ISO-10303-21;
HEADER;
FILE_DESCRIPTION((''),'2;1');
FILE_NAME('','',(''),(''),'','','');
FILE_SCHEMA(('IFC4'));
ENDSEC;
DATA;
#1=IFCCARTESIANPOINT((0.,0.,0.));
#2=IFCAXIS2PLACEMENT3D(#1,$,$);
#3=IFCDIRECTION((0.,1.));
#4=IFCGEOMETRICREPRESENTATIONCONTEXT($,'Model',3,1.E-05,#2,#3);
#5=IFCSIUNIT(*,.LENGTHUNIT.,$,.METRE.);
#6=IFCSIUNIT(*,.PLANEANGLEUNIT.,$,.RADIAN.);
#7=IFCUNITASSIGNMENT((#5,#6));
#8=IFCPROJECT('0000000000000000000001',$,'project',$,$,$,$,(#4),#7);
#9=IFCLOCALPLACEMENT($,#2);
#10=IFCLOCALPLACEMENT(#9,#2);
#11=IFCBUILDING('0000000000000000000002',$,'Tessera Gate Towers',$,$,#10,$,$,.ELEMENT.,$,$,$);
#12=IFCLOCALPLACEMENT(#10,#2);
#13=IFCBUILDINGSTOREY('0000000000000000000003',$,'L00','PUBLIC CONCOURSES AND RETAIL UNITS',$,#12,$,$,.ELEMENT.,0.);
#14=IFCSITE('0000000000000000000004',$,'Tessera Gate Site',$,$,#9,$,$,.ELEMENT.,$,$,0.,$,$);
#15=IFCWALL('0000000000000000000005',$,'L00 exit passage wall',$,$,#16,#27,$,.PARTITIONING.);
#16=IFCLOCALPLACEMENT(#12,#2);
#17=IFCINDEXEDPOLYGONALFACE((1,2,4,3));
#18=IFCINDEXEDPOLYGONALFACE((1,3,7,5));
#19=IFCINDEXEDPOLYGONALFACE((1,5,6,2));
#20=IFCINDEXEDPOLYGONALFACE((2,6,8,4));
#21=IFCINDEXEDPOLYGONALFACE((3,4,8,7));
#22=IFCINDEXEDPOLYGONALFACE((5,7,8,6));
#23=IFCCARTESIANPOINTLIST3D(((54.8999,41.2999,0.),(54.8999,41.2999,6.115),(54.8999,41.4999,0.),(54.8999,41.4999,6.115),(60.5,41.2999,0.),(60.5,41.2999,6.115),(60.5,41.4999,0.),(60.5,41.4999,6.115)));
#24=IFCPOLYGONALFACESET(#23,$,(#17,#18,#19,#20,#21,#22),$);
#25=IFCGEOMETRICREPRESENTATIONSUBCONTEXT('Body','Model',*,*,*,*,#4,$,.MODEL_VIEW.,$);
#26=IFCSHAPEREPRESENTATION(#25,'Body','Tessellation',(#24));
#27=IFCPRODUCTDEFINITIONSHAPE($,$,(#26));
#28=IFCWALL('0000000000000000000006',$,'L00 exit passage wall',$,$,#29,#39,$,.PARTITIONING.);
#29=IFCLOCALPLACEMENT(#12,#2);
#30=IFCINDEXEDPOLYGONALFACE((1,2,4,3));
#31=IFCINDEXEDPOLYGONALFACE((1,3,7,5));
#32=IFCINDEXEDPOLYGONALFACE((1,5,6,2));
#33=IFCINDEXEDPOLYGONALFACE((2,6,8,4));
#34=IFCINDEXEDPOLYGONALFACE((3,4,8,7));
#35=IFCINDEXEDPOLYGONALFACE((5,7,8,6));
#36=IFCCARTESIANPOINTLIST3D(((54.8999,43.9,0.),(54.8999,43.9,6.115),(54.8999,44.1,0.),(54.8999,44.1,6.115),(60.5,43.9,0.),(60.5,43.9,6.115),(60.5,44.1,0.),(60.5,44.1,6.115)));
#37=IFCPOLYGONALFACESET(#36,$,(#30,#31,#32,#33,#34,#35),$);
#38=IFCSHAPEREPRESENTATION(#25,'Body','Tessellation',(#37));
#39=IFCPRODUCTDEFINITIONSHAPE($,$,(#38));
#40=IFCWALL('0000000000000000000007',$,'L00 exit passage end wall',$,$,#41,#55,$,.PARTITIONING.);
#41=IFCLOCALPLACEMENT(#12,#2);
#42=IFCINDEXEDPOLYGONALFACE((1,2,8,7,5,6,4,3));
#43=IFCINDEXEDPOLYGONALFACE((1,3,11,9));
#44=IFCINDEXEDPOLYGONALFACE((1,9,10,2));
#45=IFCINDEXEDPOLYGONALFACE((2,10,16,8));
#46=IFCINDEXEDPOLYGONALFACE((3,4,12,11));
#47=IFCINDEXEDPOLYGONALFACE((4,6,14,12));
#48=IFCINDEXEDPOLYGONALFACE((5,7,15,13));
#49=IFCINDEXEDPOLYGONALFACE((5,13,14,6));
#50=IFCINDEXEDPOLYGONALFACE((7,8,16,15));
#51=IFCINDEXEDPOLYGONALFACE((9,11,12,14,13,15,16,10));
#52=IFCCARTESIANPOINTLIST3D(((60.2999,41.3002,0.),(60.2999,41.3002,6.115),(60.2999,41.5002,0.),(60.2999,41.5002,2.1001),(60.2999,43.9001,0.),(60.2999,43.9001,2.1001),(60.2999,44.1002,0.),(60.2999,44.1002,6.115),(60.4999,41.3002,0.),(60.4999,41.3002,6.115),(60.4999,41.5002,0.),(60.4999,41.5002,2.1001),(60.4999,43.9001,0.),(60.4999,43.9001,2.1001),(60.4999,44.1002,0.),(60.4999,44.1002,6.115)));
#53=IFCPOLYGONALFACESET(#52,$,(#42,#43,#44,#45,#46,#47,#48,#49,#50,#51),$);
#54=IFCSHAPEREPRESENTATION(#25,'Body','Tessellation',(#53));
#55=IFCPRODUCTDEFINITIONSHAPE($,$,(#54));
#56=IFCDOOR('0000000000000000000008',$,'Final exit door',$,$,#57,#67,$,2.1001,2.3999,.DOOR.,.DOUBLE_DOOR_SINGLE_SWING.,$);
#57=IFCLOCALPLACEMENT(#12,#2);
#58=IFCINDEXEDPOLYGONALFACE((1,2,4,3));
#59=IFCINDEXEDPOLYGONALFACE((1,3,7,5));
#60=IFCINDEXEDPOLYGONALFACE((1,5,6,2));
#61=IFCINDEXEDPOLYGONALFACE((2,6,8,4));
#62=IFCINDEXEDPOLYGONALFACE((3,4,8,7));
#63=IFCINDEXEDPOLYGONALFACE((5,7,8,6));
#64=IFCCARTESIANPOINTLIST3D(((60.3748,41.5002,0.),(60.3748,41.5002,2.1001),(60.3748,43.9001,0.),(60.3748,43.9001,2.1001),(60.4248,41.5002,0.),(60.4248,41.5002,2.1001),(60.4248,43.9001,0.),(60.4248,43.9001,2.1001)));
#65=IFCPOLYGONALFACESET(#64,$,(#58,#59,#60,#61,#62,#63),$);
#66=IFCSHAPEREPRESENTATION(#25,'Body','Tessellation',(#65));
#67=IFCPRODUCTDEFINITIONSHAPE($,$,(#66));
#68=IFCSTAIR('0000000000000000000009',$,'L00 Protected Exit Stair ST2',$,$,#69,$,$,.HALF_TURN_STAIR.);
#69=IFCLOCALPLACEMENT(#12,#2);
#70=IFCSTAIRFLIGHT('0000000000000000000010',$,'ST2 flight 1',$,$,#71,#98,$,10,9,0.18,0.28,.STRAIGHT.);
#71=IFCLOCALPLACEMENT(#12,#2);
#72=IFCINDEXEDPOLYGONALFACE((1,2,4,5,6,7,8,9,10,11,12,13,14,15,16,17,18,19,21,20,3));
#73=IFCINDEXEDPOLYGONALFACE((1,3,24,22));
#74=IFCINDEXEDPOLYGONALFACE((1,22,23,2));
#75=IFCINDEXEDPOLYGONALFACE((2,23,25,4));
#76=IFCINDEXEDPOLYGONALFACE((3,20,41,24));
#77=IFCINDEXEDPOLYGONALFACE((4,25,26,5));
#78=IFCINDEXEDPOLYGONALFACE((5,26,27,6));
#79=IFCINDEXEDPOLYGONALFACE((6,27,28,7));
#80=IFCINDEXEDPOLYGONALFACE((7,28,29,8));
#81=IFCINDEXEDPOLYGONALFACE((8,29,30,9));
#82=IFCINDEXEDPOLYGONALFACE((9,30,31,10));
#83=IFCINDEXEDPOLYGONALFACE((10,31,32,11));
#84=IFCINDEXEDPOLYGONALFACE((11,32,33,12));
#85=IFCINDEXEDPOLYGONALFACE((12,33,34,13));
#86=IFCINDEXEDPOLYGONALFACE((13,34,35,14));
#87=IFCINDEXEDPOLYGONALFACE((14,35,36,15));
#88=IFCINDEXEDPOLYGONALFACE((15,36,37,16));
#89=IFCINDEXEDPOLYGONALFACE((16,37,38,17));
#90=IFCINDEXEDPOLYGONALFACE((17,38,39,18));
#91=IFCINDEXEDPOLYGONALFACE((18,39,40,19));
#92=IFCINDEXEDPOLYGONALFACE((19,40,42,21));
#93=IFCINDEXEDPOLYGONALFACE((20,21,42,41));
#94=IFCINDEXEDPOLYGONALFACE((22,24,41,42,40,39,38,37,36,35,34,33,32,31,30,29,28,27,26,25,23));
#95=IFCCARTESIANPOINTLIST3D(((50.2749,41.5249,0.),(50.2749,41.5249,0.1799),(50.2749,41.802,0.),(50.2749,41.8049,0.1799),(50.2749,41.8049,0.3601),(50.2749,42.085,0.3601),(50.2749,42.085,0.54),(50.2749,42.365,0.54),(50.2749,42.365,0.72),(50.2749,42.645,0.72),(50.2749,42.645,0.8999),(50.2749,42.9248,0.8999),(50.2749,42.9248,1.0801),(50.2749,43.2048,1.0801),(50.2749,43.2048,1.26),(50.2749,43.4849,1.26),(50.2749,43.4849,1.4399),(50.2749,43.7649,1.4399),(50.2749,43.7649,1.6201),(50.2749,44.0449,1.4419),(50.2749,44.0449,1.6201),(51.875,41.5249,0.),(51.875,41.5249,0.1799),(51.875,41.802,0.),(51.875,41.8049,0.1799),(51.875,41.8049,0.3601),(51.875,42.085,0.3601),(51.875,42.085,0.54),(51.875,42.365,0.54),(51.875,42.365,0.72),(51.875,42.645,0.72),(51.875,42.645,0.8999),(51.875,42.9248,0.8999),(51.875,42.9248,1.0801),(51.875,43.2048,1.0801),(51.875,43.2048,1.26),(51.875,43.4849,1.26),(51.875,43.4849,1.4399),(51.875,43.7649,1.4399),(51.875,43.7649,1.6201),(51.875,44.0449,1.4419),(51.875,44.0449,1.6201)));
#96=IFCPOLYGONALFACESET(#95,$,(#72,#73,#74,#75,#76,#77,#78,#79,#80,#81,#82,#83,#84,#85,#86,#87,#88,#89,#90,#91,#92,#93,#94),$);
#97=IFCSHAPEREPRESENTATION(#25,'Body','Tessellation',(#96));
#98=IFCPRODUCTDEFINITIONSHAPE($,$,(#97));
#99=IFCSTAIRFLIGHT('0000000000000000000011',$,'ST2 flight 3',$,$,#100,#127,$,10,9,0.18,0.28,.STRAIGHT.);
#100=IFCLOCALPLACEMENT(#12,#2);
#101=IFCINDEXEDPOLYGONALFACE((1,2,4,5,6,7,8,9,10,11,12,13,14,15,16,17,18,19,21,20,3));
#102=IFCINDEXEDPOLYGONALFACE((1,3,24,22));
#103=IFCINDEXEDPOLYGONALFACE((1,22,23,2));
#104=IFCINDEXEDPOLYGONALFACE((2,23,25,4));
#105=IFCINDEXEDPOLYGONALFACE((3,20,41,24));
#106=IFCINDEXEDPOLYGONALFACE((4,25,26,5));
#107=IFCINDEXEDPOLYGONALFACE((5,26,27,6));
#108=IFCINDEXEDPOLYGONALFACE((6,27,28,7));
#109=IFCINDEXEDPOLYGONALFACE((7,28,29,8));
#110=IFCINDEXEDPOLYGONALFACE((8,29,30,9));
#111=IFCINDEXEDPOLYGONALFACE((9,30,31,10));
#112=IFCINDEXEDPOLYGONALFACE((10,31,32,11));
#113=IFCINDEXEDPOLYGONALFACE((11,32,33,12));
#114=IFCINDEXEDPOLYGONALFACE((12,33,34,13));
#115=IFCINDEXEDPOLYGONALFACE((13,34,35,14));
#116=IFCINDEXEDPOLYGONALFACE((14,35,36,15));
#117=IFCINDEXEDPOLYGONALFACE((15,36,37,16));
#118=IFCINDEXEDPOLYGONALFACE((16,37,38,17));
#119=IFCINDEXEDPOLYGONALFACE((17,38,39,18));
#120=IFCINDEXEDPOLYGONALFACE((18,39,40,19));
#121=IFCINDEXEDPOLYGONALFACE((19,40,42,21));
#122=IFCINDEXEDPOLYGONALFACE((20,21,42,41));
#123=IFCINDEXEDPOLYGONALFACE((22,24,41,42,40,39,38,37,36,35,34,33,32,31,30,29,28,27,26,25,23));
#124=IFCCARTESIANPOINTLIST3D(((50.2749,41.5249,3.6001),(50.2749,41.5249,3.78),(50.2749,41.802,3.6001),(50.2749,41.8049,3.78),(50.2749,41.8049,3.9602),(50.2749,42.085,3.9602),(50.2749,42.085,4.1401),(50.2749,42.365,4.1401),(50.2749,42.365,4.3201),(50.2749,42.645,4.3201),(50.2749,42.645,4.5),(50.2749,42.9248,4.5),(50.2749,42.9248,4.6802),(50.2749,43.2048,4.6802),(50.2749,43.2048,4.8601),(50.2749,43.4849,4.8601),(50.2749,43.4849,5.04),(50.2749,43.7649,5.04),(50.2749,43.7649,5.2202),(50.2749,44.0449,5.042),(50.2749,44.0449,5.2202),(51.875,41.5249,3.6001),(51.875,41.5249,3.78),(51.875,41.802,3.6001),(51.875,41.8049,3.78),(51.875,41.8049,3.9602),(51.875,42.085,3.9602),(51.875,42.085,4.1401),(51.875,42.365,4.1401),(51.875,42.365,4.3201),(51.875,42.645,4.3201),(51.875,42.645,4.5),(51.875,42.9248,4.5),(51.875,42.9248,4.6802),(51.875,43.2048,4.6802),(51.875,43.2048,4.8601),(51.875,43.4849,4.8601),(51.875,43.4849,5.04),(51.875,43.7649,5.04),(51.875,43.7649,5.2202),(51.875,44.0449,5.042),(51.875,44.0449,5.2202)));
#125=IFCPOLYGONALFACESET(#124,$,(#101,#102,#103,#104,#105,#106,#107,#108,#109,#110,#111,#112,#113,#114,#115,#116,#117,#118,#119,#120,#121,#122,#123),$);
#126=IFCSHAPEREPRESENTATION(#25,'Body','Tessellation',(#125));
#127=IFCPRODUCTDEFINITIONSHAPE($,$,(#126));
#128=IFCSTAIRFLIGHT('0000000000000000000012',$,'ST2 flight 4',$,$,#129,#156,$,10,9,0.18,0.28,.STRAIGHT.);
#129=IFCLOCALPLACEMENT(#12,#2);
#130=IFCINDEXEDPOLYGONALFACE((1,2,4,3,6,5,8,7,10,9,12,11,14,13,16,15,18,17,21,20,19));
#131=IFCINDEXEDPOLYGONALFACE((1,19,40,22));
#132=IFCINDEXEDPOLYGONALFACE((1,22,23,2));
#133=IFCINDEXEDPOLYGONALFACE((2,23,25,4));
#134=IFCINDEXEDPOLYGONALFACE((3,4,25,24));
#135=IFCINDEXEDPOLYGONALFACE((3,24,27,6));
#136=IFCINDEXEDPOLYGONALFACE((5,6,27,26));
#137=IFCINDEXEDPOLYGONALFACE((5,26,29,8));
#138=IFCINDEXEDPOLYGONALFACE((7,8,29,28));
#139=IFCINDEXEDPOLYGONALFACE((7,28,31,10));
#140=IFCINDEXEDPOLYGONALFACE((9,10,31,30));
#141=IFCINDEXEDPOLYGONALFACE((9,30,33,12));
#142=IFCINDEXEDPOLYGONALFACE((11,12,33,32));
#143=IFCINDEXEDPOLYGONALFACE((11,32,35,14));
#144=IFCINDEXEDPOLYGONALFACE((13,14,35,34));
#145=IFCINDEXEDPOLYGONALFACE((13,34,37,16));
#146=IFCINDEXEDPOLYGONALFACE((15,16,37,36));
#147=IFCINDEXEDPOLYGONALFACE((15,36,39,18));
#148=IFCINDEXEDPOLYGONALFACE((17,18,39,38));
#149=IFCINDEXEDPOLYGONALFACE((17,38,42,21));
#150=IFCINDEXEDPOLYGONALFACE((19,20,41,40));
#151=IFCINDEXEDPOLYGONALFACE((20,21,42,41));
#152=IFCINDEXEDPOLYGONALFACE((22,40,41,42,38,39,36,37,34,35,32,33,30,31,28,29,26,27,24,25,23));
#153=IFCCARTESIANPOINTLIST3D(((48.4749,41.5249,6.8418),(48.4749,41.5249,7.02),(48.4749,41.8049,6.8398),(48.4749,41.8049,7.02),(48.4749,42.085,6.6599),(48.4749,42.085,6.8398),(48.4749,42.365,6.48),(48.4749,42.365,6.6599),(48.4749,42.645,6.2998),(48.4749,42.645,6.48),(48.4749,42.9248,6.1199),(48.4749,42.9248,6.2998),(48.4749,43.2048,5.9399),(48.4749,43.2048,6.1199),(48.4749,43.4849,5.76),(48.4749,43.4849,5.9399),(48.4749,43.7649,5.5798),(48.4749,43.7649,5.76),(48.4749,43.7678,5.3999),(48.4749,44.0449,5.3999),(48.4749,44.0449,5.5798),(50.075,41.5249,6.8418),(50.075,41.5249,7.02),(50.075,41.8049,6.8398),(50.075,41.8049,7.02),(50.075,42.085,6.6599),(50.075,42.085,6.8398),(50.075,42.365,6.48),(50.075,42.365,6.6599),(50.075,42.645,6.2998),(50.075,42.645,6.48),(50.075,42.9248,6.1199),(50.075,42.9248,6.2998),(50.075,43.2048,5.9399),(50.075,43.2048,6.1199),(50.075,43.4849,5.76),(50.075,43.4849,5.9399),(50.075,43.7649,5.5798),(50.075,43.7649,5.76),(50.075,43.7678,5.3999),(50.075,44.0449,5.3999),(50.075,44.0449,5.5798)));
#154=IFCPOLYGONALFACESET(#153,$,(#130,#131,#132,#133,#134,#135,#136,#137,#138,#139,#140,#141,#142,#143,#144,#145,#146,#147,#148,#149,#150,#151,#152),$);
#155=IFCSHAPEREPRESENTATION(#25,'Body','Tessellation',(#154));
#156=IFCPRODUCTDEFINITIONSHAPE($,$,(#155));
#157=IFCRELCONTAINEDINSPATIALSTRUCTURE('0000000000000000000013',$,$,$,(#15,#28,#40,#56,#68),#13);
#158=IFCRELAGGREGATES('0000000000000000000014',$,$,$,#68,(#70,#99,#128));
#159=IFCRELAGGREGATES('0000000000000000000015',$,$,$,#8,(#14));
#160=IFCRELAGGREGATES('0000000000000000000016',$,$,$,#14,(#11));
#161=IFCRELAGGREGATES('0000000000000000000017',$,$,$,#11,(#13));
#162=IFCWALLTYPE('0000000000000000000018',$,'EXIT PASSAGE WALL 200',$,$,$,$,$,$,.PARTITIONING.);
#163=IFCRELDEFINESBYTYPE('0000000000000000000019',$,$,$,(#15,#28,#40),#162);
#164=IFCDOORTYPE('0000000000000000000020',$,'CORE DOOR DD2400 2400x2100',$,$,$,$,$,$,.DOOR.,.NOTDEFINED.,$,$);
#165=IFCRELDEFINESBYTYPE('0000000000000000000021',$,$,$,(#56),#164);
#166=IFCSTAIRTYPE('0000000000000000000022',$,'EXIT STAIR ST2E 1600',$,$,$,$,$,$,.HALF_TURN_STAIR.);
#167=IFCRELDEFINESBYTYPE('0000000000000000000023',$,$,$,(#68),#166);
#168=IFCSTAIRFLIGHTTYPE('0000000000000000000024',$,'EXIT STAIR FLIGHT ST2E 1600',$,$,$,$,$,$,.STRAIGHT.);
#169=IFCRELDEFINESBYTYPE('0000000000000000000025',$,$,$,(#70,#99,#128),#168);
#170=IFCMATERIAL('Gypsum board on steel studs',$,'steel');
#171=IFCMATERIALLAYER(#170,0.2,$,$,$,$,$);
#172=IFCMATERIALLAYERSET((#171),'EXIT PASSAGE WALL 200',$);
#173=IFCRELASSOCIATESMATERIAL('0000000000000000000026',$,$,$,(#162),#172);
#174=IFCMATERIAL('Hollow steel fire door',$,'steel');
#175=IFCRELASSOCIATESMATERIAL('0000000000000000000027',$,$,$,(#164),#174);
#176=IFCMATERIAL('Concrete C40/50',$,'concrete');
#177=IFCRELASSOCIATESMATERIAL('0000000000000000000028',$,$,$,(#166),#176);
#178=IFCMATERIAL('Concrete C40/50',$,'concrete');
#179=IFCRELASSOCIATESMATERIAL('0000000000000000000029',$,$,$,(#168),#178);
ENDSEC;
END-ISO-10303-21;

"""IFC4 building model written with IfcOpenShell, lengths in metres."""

from ifc_helpers import new_model, si_unit, direction, frame, frame_2d, origin, place, context, subcontext, project, spatial, polyline, rectangle, outline, extrude, source, transform, mapped, material, layer, layer_set, type_object, element, fill, aggregate, save


model = new_model("IFC4")

# Units and contexts
model_context = context("Model", 3, precision=1e-05, world=origin(), true_north=direction((0.0, 1.0)))
body_context = subcontext(model_context, "Body", "Model", "MODEL_VIEW")
ifc_project = project(units=[si_unit("LENGTHUNIT", "METRE"), si_unit("PLANEANGLEUNIT", "RADIAN")], contexts=[model_context])

# Site, building, storey
site_placement = place(None, origin())
site = spatial("IfcSite", under=ifc_project, at=site_placement, Name="Tessera Gate Site", CompositionType="ELEMENT", RefElevation=0.0)
building_placement = place(site_placement, origin())
building = spatial("IfcBuilding", under=site, at=building_placement, Name="Tessera Gate Towers", CompositionType="ELEMENT")
storey_placement = place(building_placement, origin())
storey = spatial("IfcBuildingStorey", under=building, at=storey_placement, Name="L00", Description="PUBLIC CONCOURSES AND RETAIL UNITS", CompositionType="ELEMENT", Elevation=0.0)

# Walls
ifc_material_1 = material(Name="Gypsum board on steel studs", Category="steel")
ifc_layer_1 = layer(ifc_material_1, 0.2)
ifc_layer_set_1 = layer_set([ifc_layer_1], Name="EXIT PASSAGE WALL 200")
wall_type_1 = type_object("IfcWallType", Name="EXIT PASSAGE WALL 200", PredefinedType="PARTITIONING", material=ifc_layer_set_1)
for number, where, z_axis, x_axis, name in (
    (1, (54.8999, 41.3999, 0.0), (0.0, 0.0, 1.0), (1.0, 0.0, 0.0), "L00 exit passage wall"),
    (2, (54.8999, 44.0, 0.0), (0.0, 0.0, 1.0), (1.0, 0.0, 0.0), "L00 exit passage wall"),
):
    element("IfcWall", number, at=place(storey_placement, frame(where, z_axis=z_axis, x_axis=x_axis)), inside=storey, type_object=wall_type_1, Name=name, PredefinedType="PARTITIONING", context=body_context, shape_type="SweptSolid", body=[
        extrude(rectangle(XDim=5.6001, YDim=0.2, at=frame_2d((2.8, 0.0))), origin(), (0.0, 0.0, 1.0), 6.115),
    ])

# Wall, opening, door
wall_1_placement = place(storey_placement, frame((60.3999, 44.1001, 0.0), z_axis=(0.0, 0.0, 1.0), x_axis=(0.0, -1.0, 0.0)))
wall_1 = element("IfcWall", 3, at=wall_1_placement, inside=storey, type_object=wall_type_1, Name="L00 exit passage end wall", PredefinedType="PARTITIONING", context=body_context, shape_type="SweptSolid", body=[
    extrude(rectangle(XDim=2.8, YDim=0.2, at=frame_2d((1.3999, 0.0))), origin(), (0.0, 0.0, 1.0), 6.115),
])
shared_shape_1 = source(origin(), body_context, "Body", "SweptSolid", [
    extrude(rectangle(XDim=2.3999, YDim=2.1001, at=frame_2d((1.2, 1.05))), frame((0.0, 0.1099, 0.0), z_axis=(0.0, -1.0, 0.0), x_axis=(1.0, 0.0, 0.0)), (0.0, 0.0, 1.0), 0.22),
])
opening_1_placement = place(wall_1_placement, frame((0.2, 0.0, 0.0)))
opening_1 = element("IfcOpeningElement", 4, at=opening_1_placement, cuts=wall_1, PredefinedType="OPENING", context=body_context, shape_type="MappedRepresentation", body=[
    mapped(shared_shape_1, transform((0.0, 0.0, 0.0), scale=1.0)),
])
ifc_material_2 = material(Name="Hollow steel fire door", Category="steel")
door_type_1 = type_object("IfcDoorType", Name="CORE DOOR DD2400 2400x2100", OperationType="NOTDEFINED", PredefinedType="DOOR", material=ifc_material_2)
shared_shape_2 = source(origin(), body_context, "Body", "SweptSolid", [
    extrude(rectangle(XDim=2.3999, YDim=2.1001, at=frame_2d((1.2, 1.05))), frame((0.0, 0.0249, 0.0), z_axis=(0.0, -1.0, 0.0), x_axis=(1.0, 0.0, 0.0)), (0.0, 0.0, 1.0), 0.05),
])
door_1_placement = place(opening_1_placement, origin())
door_1 = element("IfcDoor", 5, at=door_1_placement, inside=storey, type_object=door_type_1, Name="Final exit door", OperationType="DOUBLE_DOOR_SINGLE_SWING", OverallHeight=2.1001, OverallWidth=2.3999, PredefinedType="DOOR", context=body_context, shape_type="MappedRepresentation", body=[
    mapped(shared_shape_2, transform((0.0, 0.0, 0.0), scale=1.0)),
])
fill(opening_1, door_1)

# Stair, stair flights
ifc_material_3 = material(Name="Concrete C40/50", Category="concrete")
stair_type_1 = type_object("IfcStairType", Name="EXIT STAIR ST2E 1600", PredefinedType="HALF_TURN_STAIR", material=ifc_material_3)
stair_1_placement = place(storey_placement, origin())
stair_1 = element("IfcStair", 6, at=stair_1_placement, inside=storey, type_object=stair_type_1, Name="L00 Protected Exit Stair ST2", PredefinedType="HALF_TURN_STAIR")
ifc_material_4 = material(Name="Concrete C40/50", Category="concrete")
stair_flight_type_1 = type_object("IfcStairFlightType", Name="EXIT STAIR FLIGHT ST2E 1600", PredefinedType="STRAIGHT", material=ifc_material_4)
stair_flight_1_placement = place(storey_placement, frame((51.075, 41.5249, 0.0), z_axis=(0.0, 0.0, 1.0), x_axis=(0.0, 1.0, 0.0)))
stair_flight_1 = element("IfcStairFlight", 7, at=stair_flight_1_placement, type_object=stair_flight_type_1, Name="ST2 flight 1", NumberOfRisers=10, NumberOfTreads=9, PredefinedType="STRAIGHT", RiserHeight=0.18, TreadLength=0.28, context=body_context, shape_type="SweptSolid", body=[
    extrude(outline(polyline([(0.0, 0.0), (0.0, 0.1799), (0.28, 0.1799), (0.28, 0.3601), (0.5601, 0.3601), (0.5601, 0.54), (0.8401, 0.54), (0.8401, 0.72), (1.1201, 0.72), (1.1201, 0.8999), (1.3999, 0.8999), (1.3999, 1.0801), (1.6799, 1.0801), (1.6799, 1.26), (1.96, 1.26), (1.96, 1.4399), (2.24, 1.4399), (2.24, 1.6201), (2.52, 1.6201), (2.52, 1.8), (2.52, 1.4419), (0.2771, 0.0), (0.0, 0.0)])), frame((0.0, 0.8, 0.0), z_axis=(0.0, -1.0, 0.0), x_axis=(1.0, 0.0, 0.0)), (0.0, 0.0, 1.0), 1.6001),
])
stair_flight_2_placement = place(storey_placement, frame((51.075, 41.5249, 3.6001), z_axis=(0.0, 0.0, 1.0), x_axis=(0.0, 1.0, 0.0)))
stair_flight_2 = element("IfcStairFlight", 8, at=stair_flight_2_placement, type_object=stair_flight_type_1, Name="ST2 flight 3", NumberOfRisers=10, NumberOfTreads=9, PredefinedType="STRAIGHT", RiserHeight=0.18, TreadLength=0.28, context=body_context, shape_type="SweptSolid", body=[
    extrude(outline(polyline([(0.0, 0.0), (0.0, 0.1799), (0.28, 0.1799), (0.28, 0.3601), (0.5601, 0.3601), (0.5601, 0.54), (0.8401, 0.54), (0.8401, 0.72), (1.1201, 0.72), (1.1201, 0.8999), (1.3999, 0.8999), (1.3999, 1.0801), (1.6799, 1.0801), (1.6799, 1.26), (1.96, 1.26), (1.96, 1.4399), (2.24, 1.4399), (2.24, 1.6201), (2.52, 1.6201), (2.52, 1.8), (2.52, 1.4419), (0.2771, 0.0), (0.0, 0.0)])), frame((0.0, 0.8, 0.0), z_axis=(0.0, -1.0, 0.0), x_axis=(1.0, 0.0, 0.0)), (0.0, 0.0, 1.0), 1.6001),
])
stair_flight_3_placement = place(storey_placement, frame((49.2749, 44.0449, 5.3999), z_axis=(0.0, 0.0, 1.0), x_axis=(0.0, -1.0, 0.0)))
stair_flight_3 = element("IfcStairFlight", 9, at=stair_flight_3_placement, type_object=stair_flight_type_1, Name="ST2 flight 4", NumberOfRisers=10, NumberOfTreads=9, PredefinedType="STRAIGHT", RiserHeight=0.18, TreadLength=0.28, context=body_context, shape_type="SweptSolid", body=[
    extrude(outline(polyline([(0.0, 0.0), (0.0, 0.1799), (0.28, 0.1799), (0.28, 0.3601), (0.5601, 0.3601), (0.5601, 0.54), (0.8401, 0.54), (0.8401, 0.72), (1.1201, 0.72), (1.1201, 0.8999), (1.3999, 0.8999), (1.3999, 1.0801), (1.6799, 1.0801), (1.6799, 1.26), (1.96, 1.26), (1.96, 1.4399), (2.24, 1.4399), (2.24, 1.6201), (2.52, 1.6201), (2.52, 1.8), (2.52, 1.4419), (0.2771, 0.0), (0.0, 0.0)])), frame((0.0, 0.8, 0.0), z_axis=(0.0, -1.0, 0.0), x_axis=(1.0, 0.0, 0.0)), (0.0, 0.0, 1.0), 1.6001),
])
aggregate(stair_1, [stair_flight_1, stair_flight_2, stair_flight_3])

save(model, "model.ifc")
